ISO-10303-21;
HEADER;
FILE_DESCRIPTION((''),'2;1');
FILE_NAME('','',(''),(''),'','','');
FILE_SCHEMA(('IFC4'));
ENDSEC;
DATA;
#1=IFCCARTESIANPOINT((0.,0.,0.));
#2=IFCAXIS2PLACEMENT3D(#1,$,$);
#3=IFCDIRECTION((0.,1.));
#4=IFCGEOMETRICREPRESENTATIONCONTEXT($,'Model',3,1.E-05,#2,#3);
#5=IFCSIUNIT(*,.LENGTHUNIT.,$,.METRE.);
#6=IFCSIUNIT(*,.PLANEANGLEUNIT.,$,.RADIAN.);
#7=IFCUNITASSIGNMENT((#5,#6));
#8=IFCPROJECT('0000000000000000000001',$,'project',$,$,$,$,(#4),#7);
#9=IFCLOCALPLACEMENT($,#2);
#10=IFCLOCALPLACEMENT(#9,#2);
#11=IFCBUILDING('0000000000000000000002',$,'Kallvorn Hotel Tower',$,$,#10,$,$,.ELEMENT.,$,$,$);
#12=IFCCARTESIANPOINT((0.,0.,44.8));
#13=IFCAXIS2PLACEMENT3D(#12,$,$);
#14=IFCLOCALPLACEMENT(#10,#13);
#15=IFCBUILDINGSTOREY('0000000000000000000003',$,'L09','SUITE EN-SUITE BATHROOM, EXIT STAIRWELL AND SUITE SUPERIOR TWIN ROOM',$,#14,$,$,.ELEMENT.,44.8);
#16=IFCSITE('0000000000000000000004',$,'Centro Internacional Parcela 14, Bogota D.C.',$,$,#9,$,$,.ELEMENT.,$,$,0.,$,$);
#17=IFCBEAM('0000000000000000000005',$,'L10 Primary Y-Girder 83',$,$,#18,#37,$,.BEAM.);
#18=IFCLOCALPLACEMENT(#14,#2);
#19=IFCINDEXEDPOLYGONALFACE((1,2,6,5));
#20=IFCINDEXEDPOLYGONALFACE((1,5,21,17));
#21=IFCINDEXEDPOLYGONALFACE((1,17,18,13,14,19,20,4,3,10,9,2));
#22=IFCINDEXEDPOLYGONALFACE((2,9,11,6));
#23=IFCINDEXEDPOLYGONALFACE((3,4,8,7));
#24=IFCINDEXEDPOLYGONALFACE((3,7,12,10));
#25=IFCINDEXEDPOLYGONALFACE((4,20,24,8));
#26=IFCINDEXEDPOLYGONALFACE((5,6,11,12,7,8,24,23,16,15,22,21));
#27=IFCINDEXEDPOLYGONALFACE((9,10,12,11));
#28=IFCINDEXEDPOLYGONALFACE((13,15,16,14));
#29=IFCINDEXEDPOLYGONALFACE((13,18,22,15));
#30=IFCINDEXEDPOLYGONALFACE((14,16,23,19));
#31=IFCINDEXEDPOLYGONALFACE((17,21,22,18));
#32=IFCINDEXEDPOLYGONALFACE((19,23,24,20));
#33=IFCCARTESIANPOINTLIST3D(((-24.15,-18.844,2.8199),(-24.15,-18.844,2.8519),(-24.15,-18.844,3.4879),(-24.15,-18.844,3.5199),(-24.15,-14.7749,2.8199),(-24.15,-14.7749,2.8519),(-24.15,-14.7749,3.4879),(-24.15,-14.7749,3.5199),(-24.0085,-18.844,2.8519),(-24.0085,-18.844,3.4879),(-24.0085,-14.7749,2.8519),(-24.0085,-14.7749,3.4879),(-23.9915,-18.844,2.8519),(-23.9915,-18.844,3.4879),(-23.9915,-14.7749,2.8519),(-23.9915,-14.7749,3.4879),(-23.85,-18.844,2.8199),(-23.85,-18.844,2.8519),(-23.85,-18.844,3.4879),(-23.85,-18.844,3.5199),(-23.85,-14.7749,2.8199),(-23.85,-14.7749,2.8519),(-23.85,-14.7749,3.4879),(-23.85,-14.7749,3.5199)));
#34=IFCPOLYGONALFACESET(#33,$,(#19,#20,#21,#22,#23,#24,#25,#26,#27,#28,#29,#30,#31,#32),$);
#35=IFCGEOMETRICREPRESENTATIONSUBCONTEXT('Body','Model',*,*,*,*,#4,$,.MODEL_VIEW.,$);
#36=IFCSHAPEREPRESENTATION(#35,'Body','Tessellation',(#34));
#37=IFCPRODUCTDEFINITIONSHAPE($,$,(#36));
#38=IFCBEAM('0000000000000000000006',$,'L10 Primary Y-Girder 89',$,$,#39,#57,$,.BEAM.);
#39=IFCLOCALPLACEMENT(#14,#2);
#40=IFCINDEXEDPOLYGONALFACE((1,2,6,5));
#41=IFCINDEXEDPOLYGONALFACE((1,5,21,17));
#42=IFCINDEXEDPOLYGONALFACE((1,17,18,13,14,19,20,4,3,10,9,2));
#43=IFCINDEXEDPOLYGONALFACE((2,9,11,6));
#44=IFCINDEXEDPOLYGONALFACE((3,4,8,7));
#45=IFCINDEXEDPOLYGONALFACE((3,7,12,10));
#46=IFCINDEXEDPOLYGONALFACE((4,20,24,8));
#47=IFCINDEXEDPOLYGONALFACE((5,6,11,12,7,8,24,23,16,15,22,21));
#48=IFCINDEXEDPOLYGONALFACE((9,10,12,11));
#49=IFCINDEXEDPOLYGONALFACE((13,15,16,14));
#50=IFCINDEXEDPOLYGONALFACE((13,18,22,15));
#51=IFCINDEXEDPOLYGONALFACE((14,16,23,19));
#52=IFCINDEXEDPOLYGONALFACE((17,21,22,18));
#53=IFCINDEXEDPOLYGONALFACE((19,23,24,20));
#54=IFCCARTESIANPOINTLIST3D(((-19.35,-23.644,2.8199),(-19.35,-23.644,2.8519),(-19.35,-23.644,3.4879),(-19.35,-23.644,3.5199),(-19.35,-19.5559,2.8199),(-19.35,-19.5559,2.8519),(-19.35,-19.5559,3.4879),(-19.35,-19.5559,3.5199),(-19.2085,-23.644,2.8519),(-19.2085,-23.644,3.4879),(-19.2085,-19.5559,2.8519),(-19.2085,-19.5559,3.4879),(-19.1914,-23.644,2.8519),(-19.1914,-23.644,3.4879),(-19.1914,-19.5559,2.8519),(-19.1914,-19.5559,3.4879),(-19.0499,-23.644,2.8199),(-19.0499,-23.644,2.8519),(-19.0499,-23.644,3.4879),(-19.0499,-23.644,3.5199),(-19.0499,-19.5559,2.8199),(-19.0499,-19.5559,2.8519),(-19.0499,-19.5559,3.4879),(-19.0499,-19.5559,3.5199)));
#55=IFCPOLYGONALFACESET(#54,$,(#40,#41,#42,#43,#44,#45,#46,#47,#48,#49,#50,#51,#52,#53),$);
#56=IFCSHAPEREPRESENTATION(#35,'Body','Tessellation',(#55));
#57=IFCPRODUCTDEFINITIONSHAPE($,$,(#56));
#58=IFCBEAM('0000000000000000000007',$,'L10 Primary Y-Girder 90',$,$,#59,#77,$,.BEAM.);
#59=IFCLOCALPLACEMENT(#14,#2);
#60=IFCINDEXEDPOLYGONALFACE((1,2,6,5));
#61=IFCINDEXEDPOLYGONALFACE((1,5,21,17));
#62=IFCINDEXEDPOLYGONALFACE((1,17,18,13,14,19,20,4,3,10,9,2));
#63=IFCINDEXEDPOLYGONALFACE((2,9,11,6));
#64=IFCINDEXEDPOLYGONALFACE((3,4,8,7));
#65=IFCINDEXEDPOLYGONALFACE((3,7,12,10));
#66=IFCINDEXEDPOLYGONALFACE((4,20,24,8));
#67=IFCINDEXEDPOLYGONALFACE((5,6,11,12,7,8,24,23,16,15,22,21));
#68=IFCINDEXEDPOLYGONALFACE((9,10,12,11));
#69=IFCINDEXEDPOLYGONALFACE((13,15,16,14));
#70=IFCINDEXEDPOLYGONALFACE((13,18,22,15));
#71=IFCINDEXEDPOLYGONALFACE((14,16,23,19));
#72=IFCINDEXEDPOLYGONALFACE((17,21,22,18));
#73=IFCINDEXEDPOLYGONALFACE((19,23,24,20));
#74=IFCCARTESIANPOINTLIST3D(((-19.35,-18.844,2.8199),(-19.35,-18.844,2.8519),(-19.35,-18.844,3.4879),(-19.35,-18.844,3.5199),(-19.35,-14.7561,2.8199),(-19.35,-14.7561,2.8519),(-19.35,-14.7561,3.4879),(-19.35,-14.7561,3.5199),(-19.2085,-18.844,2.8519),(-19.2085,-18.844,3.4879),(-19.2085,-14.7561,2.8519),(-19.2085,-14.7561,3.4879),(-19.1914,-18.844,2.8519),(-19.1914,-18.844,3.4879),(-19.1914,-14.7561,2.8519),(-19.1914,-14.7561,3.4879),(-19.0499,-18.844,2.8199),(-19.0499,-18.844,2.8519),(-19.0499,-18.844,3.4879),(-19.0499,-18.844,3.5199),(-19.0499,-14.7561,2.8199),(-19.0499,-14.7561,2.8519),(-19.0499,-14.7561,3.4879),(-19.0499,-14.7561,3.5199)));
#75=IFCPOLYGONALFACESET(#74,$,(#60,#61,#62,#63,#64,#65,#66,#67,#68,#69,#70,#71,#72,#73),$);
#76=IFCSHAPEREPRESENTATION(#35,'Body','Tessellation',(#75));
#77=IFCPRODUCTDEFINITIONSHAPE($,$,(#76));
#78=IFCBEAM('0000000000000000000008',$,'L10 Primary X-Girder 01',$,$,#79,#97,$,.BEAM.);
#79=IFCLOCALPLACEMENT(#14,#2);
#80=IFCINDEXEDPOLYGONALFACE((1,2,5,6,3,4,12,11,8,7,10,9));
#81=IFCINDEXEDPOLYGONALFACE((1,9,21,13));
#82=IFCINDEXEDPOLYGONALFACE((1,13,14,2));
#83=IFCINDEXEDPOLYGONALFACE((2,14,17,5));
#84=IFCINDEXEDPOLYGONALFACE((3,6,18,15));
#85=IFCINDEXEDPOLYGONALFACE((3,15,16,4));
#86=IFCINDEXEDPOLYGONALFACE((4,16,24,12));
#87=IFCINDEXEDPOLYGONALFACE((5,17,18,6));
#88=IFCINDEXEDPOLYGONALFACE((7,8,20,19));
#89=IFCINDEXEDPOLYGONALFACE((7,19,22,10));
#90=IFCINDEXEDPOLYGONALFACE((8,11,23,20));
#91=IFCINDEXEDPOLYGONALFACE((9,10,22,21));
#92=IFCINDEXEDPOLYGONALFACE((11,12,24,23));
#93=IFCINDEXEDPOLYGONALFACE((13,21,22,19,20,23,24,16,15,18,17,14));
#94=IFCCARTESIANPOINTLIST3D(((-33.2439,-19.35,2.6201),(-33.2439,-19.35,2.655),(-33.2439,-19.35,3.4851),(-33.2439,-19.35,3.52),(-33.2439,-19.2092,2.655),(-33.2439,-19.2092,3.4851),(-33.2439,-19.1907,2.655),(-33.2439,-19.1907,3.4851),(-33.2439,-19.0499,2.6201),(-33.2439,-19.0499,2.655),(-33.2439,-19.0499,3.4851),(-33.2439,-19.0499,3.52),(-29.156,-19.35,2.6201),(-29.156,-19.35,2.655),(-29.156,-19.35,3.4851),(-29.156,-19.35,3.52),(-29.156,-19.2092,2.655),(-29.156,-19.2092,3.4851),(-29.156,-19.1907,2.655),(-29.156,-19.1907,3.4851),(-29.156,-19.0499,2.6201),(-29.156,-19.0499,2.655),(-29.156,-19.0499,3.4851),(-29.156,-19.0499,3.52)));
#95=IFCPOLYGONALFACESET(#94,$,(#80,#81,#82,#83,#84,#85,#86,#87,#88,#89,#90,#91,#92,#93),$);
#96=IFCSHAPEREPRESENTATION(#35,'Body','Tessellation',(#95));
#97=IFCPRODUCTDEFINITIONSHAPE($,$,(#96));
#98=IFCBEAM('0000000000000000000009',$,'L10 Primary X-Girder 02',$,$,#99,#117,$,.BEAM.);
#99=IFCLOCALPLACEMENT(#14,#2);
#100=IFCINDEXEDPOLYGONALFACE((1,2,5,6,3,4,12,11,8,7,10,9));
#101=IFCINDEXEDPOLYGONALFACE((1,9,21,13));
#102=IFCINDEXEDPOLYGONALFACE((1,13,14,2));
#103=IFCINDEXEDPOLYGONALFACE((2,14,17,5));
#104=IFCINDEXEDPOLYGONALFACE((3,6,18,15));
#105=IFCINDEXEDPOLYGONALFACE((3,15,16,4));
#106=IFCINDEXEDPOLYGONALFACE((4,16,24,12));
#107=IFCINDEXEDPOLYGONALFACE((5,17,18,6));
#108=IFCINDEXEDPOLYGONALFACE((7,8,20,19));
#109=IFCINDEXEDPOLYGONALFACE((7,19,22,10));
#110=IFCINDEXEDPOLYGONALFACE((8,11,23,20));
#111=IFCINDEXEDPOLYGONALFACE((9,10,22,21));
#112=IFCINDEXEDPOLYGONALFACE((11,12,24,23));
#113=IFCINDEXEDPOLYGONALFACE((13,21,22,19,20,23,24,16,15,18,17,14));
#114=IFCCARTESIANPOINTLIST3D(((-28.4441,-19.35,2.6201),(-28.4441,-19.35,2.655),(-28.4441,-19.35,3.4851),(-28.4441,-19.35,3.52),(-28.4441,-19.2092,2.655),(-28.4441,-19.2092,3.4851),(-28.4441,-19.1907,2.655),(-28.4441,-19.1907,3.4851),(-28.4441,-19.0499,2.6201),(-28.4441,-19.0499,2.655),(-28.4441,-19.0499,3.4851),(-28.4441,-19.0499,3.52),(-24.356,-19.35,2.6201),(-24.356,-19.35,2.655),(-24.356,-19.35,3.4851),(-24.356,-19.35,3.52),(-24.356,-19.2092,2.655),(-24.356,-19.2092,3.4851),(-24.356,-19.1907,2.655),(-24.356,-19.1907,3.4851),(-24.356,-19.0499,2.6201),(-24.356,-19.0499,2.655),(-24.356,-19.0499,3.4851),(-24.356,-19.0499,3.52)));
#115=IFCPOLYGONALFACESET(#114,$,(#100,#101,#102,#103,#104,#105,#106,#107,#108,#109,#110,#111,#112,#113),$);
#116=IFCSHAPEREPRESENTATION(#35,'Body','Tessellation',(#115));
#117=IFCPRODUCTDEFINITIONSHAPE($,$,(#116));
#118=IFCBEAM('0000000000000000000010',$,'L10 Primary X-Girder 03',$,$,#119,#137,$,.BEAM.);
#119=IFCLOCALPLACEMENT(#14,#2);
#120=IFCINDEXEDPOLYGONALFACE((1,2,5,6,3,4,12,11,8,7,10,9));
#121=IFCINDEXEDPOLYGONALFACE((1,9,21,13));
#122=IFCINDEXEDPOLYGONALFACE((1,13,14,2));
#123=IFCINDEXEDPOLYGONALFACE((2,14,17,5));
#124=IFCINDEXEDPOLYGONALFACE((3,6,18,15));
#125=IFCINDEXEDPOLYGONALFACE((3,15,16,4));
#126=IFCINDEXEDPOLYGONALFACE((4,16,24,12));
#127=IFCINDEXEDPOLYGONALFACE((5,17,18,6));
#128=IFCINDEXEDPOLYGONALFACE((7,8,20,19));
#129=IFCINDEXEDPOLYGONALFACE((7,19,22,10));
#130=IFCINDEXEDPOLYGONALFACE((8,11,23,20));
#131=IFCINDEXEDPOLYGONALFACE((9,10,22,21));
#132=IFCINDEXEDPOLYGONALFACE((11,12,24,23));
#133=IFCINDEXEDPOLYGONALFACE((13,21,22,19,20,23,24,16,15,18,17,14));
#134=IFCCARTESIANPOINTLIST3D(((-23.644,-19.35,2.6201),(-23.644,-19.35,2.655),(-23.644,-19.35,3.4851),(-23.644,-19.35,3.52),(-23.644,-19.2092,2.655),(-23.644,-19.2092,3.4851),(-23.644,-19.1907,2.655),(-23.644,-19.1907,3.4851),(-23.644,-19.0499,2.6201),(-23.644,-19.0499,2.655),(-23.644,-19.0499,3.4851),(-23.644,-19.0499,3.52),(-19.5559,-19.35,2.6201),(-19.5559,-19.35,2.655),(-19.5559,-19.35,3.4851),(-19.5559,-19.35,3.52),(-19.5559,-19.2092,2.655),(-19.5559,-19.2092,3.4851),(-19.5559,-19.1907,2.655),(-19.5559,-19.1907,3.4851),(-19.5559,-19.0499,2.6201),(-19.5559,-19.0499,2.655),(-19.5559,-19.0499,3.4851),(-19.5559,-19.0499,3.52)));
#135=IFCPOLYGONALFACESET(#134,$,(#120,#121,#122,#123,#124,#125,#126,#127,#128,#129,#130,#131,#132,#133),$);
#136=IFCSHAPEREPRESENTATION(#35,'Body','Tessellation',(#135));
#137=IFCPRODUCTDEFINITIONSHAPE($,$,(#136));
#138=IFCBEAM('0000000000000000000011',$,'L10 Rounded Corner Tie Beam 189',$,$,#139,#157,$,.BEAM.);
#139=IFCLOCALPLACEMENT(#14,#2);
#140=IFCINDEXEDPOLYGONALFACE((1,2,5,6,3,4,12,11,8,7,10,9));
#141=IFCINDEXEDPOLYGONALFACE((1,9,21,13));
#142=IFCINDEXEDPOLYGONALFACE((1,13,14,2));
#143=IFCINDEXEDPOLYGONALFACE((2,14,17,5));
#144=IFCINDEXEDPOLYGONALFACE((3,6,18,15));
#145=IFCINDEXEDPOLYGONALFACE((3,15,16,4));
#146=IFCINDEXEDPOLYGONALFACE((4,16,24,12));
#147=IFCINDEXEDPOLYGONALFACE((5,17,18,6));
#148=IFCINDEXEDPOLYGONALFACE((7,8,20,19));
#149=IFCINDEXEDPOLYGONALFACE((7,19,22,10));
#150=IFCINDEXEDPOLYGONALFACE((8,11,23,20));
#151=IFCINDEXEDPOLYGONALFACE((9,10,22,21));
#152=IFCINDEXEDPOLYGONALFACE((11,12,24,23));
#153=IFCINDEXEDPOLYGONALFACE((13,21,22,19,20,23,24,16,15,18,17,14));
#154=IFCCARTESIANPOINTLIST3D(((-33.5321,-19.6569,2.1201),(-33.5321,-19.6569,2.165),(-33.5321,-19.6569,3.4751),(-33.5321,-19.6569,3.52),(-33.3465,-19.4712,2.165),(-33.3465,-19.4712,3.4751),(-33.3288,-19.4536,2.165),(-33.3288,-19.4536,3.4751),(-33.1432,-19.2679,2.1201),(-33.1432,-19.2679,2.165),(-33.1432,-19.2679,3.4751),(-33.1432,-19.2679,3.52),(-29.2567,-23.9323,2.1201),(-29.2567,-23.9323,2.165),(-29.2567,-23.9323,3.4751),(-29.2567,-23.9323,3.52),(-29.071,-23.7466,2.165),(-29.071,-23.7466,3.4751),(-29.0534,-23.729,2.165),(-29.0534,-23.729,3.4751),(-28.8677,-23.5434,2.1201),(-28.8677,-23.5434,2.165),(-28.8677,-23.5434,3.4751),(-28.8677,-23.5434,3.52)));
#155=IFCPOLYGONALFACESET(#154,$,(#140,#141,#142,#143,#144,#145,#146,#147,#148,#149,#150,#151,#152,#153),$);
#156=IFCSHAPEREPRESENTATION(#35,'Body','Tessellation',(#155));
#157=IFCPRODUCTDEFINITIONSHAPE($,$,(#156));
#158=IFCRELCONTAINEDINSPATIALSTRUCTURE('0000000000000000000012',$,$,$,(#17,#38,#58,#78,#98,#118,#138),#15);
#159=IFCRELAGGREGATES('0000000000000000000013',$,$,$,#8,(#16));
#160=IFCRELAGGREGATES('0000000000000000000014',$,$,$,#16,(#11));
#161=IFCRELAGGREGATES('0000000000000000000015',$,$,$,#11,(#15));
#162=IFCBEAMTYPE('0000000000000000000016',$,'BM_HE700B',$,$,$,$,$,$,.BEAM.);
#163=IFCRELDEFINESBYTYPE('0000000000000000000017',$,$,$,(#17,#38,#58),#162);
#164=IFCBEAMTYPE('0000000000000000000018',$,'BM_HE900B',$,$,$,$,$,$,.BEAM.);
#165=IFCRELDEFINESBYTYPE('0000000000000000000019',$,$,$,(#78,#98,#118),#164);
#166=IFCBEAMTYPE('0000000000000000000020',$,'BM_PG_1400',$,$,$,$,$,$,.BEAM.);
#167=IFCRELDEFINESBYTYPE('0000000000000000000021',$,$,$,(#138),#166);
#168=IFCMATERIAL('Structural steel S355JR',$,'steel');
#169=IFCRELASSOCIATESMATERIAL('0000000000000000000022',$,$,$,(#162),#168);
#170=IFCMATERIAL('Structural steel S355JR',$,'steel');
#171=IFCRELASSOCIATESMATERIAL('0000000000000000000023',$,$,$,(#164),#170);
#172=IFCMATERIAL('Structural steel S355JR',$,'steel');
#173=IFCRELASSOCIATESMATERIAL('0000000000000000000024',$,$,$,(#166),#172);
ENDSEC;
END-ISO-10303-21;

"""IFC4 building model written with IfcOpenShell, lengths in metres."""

from ifc_helpers import new_model, si_unit, direction, frame, origin, origin_2d, place, context, subcontext, project, spatial, i_section, extrude, material, material_profile, profile_set, type_object, element, save


model = new_model("IFC4")

# Units and contexts
model_context = context("Model", 3, precision=1e-05, world=origin(), true_north=direction((0.0, 1.0)))
body_context = subcontext(model_context, "Body", "Model", "MODEL_VIEW")
ifc_project = project(units=[si_unit("LENGTHUNIT", "METRE"), si_unit("PLANEANGLEUNIT", "RADIAN")], contexts=[model_context])

# Site, building, storey
site_placement = place(None, origin())
site = spatial("IfcSite", under=ifc_project, at=site_placement, Name="Centro Internacional Parcela 14, Bogota D.C.", CompositionType="ELEMENT", RefElevation=0.0)
building_placement = place(site_placement, origin())
building = spatial("IfcBuilding", under=site, at=building_placement, Name="Kallvorn Hotel Tower", CompositionType="ELEMENT")
storey_placement = place(building_placement, frame((0.0, 0.0, 44.8)))
storey = spatial("IfcBuildingStorey", under=building, at=storey_placement, Name="L09", Description="SUITE EN-SUITE BATHROOM, EXIT STAIRWELL AND SUITE SUPERIOR TWIN ROOM", CompositionType="ELEMENT", Elevation=44.8)

# Beams
ifc_material_1 = material(Name="Structural steel S355JR", Category="steel")
ifc_material_profile_1 = material_profile(ifc_material_1, i_section(OverallWidth=0.3, OverallDepth=0.7, WebThickness=0.0171, FlangeThickness=0.032, at=origin_2d()), Name="HE 700 B")
ifc_profile_set_1 = profile_set([ifc_material_profile_1], Name="Structural steel S355JR")
beam_type_1 = type_object("IfcBeamType", Name="BM_HE700B", PredefinedType="BEAM", material=ifc_profile_set_1)
beam_1_placement = place(storey_placement, frame((-24.0, -18.844, 3.1699), z_axis=(0.0, 1.0, 0.0), x_axis=(-1.0, 0.0, 0.0)))
element("IfcBeam", 1, at=beam_1_placement, inside=storey, type_object=beam_type_1, Name="L10 Primary Y-Girder 83", PredefinedType="BEAM", context=body_context, shape_type="SweptSolid", body=[
    extrude(i_section(OverallWidth=0.3, OverallDepth=0.7, WebThickness=0.0171, FlangeThickness=0.032, at=origin_2d()), origin(), (0.0, 0.0, 1.0), 4.0691),
])
beam_2_placement = place(storey_placement, frame((-19.2, -23.644, 3.1699), z_axis=(0.0, 1.0, 0.0), x_axis=(-1.0, 0.0, 0.0)))
element("IfcBeam", 2, at=beam_2_placement, inside=storey, type_object=beam_type_1, Name="L10 Primary Y-Girder 89", PredefinedType="BEAM", context=body_context, shape_type="SweptSolid", body=[
    extrude(i_section(OverallWidth=0.3, OverallDepth=0.7, WebThickness=0.0171, FlangeThickness=0.032, at=origin_2d()), origin(), (0.0, 0.0, 1.0), 4.0881),
])
beam_3_placement = place(storey_placement, frame((-19.2, -18.844, 3.1699), z_axis=(0.0, 1.0, 0.0), x_axis=(-1.0, 0.0, 0.0)))
element("IfcBeam", 3, at=beam_3_placement, inside=storey, type_object=beam_type_1, Name="L10 Primary Y-Girder 90", PredefinedType="BEAM", context=body_context, shape_type="SweptSolid", body=[
    extrude(i_section(OverallWidth=0.3, OverallDepth=0.7, WebThickness=0.0171, FlangeThickness=0.032, at=origin_2d()), origin(), (0.0, 0.0, 1.0), 4.0879),
])
ifc_material_2 = material(Name="Structural steel S355JR", Category="steel")
ifc_material_profile_2 = material_profile(ifc_material_2, i_section(OverallWidth=0.3, OverallDepth=0.8999, WebThickness=0.0186, FlangeThickness=0.0349, at=origin_2d()), Name="HE 900 B")
ifc_profile_set_2 = profile_set([ifc_material_profile_2], Name="Structural steel S355JR")
beam_type_2 = type_object("IfcBeamType", Name="BM_HE900B", PredefinedType="BEAM", material=ifc_profile_set_2)
beam_4_placement = place(storey_placement, frame((-33.2439, -19.2, 3.0701), z_axis=(1.0, 0.0, 0.0), x_axis=(0.0, 1.0, 0.0)))
element("IfcBeam", 4, at=beam_4_placement, inside=storey, type_object=beam_type_2, Name="L10 Primary X-Girder 01", PredefinedType="BEAM", context=body_context, shape_type="SweptSolid", body=[
    extrude(i_section(OverallWidth=0.3, OverallDepth=0.8999, WebThickness=0.0186, FlangeThickness=0.0349, at=origin_2d()), origin(), (0.0, 0.0, 1.0), 4.0879),
])
for number, where, z_axis, x_axis, name in (
    (5, (-28.4441, -19.2, 3.0701), (1.0, 0.0, 0.0), (0.0, 1.0, 0.0), "L10 Primary X-Girder 02"),
    (6, (-23.644, -19.2, 3.0701), (1.0, 0.0, 0.0), (0.0, 1.0, 0.0), "L10 Primary X-Girder 03"),
):
    element("IfcBeam", number, at=place(storey_placement, frame(where, z_axis=z_axis, x_axis=x_axis)), inside=storey, type_object=beam_type_2, Name=name, PredefinedType="BEAM", context=body_context, shape_type="SweptSolid", body=[
        extrude(i_section(OverallWidth=0.3, OverallDepth=0.8999, WebThickness=0.0186, FlangeThickness=0.0349, at=origin_2d()), origin(), (0.0, 0.0, 1.0), 4.0881),
    ])
ifc_material_3 = material(Name="Structural steel S355JR", Category="steel")
ifc_material_profile_3 = material_profile(ifc_material_3, i_section(OverallWidth=0.55, OverallDepth=1.3999, WebThickness=0.0249, FlangeThickness=0.0449, at=origin_2d()), Name="PG 1400x550x25x45")
ifc_profile_set_3 = profile_set([ifc_material_profile_3], Name="Structural steel S355JR")
beam_type_3 = type_object("IfcBeamType", Name="BM_PG_1400", PredefinedType="BEAM", material=ifc_profile_set_3)
beam_5_placement = place(storey_placement, frame((-33.3376, -19.4624, 2.8201), z_axis=(0.707107, -0.707107, 0.0), x_axis=(0.707107, 0.707107, 0.0)))
element("IfcBeam", 7, at=beam_5_placement, inside=storey, type_object=beam_type_3, Name="L10 Rounded Corner Tie Beam 189", PredefinedType="BEAM", context=body_context, shape_type="SweptSolid", body=[
    extrude(i_section(OverallWidth=0.55, OverallDepth=1.3999, WebThickness=0.0249, FlangeThickness=0.0449, at=origin_2d()), origin(), (0.0, 0.0, 1.0), 6.0464),
])

save(model, "model.ifc")
